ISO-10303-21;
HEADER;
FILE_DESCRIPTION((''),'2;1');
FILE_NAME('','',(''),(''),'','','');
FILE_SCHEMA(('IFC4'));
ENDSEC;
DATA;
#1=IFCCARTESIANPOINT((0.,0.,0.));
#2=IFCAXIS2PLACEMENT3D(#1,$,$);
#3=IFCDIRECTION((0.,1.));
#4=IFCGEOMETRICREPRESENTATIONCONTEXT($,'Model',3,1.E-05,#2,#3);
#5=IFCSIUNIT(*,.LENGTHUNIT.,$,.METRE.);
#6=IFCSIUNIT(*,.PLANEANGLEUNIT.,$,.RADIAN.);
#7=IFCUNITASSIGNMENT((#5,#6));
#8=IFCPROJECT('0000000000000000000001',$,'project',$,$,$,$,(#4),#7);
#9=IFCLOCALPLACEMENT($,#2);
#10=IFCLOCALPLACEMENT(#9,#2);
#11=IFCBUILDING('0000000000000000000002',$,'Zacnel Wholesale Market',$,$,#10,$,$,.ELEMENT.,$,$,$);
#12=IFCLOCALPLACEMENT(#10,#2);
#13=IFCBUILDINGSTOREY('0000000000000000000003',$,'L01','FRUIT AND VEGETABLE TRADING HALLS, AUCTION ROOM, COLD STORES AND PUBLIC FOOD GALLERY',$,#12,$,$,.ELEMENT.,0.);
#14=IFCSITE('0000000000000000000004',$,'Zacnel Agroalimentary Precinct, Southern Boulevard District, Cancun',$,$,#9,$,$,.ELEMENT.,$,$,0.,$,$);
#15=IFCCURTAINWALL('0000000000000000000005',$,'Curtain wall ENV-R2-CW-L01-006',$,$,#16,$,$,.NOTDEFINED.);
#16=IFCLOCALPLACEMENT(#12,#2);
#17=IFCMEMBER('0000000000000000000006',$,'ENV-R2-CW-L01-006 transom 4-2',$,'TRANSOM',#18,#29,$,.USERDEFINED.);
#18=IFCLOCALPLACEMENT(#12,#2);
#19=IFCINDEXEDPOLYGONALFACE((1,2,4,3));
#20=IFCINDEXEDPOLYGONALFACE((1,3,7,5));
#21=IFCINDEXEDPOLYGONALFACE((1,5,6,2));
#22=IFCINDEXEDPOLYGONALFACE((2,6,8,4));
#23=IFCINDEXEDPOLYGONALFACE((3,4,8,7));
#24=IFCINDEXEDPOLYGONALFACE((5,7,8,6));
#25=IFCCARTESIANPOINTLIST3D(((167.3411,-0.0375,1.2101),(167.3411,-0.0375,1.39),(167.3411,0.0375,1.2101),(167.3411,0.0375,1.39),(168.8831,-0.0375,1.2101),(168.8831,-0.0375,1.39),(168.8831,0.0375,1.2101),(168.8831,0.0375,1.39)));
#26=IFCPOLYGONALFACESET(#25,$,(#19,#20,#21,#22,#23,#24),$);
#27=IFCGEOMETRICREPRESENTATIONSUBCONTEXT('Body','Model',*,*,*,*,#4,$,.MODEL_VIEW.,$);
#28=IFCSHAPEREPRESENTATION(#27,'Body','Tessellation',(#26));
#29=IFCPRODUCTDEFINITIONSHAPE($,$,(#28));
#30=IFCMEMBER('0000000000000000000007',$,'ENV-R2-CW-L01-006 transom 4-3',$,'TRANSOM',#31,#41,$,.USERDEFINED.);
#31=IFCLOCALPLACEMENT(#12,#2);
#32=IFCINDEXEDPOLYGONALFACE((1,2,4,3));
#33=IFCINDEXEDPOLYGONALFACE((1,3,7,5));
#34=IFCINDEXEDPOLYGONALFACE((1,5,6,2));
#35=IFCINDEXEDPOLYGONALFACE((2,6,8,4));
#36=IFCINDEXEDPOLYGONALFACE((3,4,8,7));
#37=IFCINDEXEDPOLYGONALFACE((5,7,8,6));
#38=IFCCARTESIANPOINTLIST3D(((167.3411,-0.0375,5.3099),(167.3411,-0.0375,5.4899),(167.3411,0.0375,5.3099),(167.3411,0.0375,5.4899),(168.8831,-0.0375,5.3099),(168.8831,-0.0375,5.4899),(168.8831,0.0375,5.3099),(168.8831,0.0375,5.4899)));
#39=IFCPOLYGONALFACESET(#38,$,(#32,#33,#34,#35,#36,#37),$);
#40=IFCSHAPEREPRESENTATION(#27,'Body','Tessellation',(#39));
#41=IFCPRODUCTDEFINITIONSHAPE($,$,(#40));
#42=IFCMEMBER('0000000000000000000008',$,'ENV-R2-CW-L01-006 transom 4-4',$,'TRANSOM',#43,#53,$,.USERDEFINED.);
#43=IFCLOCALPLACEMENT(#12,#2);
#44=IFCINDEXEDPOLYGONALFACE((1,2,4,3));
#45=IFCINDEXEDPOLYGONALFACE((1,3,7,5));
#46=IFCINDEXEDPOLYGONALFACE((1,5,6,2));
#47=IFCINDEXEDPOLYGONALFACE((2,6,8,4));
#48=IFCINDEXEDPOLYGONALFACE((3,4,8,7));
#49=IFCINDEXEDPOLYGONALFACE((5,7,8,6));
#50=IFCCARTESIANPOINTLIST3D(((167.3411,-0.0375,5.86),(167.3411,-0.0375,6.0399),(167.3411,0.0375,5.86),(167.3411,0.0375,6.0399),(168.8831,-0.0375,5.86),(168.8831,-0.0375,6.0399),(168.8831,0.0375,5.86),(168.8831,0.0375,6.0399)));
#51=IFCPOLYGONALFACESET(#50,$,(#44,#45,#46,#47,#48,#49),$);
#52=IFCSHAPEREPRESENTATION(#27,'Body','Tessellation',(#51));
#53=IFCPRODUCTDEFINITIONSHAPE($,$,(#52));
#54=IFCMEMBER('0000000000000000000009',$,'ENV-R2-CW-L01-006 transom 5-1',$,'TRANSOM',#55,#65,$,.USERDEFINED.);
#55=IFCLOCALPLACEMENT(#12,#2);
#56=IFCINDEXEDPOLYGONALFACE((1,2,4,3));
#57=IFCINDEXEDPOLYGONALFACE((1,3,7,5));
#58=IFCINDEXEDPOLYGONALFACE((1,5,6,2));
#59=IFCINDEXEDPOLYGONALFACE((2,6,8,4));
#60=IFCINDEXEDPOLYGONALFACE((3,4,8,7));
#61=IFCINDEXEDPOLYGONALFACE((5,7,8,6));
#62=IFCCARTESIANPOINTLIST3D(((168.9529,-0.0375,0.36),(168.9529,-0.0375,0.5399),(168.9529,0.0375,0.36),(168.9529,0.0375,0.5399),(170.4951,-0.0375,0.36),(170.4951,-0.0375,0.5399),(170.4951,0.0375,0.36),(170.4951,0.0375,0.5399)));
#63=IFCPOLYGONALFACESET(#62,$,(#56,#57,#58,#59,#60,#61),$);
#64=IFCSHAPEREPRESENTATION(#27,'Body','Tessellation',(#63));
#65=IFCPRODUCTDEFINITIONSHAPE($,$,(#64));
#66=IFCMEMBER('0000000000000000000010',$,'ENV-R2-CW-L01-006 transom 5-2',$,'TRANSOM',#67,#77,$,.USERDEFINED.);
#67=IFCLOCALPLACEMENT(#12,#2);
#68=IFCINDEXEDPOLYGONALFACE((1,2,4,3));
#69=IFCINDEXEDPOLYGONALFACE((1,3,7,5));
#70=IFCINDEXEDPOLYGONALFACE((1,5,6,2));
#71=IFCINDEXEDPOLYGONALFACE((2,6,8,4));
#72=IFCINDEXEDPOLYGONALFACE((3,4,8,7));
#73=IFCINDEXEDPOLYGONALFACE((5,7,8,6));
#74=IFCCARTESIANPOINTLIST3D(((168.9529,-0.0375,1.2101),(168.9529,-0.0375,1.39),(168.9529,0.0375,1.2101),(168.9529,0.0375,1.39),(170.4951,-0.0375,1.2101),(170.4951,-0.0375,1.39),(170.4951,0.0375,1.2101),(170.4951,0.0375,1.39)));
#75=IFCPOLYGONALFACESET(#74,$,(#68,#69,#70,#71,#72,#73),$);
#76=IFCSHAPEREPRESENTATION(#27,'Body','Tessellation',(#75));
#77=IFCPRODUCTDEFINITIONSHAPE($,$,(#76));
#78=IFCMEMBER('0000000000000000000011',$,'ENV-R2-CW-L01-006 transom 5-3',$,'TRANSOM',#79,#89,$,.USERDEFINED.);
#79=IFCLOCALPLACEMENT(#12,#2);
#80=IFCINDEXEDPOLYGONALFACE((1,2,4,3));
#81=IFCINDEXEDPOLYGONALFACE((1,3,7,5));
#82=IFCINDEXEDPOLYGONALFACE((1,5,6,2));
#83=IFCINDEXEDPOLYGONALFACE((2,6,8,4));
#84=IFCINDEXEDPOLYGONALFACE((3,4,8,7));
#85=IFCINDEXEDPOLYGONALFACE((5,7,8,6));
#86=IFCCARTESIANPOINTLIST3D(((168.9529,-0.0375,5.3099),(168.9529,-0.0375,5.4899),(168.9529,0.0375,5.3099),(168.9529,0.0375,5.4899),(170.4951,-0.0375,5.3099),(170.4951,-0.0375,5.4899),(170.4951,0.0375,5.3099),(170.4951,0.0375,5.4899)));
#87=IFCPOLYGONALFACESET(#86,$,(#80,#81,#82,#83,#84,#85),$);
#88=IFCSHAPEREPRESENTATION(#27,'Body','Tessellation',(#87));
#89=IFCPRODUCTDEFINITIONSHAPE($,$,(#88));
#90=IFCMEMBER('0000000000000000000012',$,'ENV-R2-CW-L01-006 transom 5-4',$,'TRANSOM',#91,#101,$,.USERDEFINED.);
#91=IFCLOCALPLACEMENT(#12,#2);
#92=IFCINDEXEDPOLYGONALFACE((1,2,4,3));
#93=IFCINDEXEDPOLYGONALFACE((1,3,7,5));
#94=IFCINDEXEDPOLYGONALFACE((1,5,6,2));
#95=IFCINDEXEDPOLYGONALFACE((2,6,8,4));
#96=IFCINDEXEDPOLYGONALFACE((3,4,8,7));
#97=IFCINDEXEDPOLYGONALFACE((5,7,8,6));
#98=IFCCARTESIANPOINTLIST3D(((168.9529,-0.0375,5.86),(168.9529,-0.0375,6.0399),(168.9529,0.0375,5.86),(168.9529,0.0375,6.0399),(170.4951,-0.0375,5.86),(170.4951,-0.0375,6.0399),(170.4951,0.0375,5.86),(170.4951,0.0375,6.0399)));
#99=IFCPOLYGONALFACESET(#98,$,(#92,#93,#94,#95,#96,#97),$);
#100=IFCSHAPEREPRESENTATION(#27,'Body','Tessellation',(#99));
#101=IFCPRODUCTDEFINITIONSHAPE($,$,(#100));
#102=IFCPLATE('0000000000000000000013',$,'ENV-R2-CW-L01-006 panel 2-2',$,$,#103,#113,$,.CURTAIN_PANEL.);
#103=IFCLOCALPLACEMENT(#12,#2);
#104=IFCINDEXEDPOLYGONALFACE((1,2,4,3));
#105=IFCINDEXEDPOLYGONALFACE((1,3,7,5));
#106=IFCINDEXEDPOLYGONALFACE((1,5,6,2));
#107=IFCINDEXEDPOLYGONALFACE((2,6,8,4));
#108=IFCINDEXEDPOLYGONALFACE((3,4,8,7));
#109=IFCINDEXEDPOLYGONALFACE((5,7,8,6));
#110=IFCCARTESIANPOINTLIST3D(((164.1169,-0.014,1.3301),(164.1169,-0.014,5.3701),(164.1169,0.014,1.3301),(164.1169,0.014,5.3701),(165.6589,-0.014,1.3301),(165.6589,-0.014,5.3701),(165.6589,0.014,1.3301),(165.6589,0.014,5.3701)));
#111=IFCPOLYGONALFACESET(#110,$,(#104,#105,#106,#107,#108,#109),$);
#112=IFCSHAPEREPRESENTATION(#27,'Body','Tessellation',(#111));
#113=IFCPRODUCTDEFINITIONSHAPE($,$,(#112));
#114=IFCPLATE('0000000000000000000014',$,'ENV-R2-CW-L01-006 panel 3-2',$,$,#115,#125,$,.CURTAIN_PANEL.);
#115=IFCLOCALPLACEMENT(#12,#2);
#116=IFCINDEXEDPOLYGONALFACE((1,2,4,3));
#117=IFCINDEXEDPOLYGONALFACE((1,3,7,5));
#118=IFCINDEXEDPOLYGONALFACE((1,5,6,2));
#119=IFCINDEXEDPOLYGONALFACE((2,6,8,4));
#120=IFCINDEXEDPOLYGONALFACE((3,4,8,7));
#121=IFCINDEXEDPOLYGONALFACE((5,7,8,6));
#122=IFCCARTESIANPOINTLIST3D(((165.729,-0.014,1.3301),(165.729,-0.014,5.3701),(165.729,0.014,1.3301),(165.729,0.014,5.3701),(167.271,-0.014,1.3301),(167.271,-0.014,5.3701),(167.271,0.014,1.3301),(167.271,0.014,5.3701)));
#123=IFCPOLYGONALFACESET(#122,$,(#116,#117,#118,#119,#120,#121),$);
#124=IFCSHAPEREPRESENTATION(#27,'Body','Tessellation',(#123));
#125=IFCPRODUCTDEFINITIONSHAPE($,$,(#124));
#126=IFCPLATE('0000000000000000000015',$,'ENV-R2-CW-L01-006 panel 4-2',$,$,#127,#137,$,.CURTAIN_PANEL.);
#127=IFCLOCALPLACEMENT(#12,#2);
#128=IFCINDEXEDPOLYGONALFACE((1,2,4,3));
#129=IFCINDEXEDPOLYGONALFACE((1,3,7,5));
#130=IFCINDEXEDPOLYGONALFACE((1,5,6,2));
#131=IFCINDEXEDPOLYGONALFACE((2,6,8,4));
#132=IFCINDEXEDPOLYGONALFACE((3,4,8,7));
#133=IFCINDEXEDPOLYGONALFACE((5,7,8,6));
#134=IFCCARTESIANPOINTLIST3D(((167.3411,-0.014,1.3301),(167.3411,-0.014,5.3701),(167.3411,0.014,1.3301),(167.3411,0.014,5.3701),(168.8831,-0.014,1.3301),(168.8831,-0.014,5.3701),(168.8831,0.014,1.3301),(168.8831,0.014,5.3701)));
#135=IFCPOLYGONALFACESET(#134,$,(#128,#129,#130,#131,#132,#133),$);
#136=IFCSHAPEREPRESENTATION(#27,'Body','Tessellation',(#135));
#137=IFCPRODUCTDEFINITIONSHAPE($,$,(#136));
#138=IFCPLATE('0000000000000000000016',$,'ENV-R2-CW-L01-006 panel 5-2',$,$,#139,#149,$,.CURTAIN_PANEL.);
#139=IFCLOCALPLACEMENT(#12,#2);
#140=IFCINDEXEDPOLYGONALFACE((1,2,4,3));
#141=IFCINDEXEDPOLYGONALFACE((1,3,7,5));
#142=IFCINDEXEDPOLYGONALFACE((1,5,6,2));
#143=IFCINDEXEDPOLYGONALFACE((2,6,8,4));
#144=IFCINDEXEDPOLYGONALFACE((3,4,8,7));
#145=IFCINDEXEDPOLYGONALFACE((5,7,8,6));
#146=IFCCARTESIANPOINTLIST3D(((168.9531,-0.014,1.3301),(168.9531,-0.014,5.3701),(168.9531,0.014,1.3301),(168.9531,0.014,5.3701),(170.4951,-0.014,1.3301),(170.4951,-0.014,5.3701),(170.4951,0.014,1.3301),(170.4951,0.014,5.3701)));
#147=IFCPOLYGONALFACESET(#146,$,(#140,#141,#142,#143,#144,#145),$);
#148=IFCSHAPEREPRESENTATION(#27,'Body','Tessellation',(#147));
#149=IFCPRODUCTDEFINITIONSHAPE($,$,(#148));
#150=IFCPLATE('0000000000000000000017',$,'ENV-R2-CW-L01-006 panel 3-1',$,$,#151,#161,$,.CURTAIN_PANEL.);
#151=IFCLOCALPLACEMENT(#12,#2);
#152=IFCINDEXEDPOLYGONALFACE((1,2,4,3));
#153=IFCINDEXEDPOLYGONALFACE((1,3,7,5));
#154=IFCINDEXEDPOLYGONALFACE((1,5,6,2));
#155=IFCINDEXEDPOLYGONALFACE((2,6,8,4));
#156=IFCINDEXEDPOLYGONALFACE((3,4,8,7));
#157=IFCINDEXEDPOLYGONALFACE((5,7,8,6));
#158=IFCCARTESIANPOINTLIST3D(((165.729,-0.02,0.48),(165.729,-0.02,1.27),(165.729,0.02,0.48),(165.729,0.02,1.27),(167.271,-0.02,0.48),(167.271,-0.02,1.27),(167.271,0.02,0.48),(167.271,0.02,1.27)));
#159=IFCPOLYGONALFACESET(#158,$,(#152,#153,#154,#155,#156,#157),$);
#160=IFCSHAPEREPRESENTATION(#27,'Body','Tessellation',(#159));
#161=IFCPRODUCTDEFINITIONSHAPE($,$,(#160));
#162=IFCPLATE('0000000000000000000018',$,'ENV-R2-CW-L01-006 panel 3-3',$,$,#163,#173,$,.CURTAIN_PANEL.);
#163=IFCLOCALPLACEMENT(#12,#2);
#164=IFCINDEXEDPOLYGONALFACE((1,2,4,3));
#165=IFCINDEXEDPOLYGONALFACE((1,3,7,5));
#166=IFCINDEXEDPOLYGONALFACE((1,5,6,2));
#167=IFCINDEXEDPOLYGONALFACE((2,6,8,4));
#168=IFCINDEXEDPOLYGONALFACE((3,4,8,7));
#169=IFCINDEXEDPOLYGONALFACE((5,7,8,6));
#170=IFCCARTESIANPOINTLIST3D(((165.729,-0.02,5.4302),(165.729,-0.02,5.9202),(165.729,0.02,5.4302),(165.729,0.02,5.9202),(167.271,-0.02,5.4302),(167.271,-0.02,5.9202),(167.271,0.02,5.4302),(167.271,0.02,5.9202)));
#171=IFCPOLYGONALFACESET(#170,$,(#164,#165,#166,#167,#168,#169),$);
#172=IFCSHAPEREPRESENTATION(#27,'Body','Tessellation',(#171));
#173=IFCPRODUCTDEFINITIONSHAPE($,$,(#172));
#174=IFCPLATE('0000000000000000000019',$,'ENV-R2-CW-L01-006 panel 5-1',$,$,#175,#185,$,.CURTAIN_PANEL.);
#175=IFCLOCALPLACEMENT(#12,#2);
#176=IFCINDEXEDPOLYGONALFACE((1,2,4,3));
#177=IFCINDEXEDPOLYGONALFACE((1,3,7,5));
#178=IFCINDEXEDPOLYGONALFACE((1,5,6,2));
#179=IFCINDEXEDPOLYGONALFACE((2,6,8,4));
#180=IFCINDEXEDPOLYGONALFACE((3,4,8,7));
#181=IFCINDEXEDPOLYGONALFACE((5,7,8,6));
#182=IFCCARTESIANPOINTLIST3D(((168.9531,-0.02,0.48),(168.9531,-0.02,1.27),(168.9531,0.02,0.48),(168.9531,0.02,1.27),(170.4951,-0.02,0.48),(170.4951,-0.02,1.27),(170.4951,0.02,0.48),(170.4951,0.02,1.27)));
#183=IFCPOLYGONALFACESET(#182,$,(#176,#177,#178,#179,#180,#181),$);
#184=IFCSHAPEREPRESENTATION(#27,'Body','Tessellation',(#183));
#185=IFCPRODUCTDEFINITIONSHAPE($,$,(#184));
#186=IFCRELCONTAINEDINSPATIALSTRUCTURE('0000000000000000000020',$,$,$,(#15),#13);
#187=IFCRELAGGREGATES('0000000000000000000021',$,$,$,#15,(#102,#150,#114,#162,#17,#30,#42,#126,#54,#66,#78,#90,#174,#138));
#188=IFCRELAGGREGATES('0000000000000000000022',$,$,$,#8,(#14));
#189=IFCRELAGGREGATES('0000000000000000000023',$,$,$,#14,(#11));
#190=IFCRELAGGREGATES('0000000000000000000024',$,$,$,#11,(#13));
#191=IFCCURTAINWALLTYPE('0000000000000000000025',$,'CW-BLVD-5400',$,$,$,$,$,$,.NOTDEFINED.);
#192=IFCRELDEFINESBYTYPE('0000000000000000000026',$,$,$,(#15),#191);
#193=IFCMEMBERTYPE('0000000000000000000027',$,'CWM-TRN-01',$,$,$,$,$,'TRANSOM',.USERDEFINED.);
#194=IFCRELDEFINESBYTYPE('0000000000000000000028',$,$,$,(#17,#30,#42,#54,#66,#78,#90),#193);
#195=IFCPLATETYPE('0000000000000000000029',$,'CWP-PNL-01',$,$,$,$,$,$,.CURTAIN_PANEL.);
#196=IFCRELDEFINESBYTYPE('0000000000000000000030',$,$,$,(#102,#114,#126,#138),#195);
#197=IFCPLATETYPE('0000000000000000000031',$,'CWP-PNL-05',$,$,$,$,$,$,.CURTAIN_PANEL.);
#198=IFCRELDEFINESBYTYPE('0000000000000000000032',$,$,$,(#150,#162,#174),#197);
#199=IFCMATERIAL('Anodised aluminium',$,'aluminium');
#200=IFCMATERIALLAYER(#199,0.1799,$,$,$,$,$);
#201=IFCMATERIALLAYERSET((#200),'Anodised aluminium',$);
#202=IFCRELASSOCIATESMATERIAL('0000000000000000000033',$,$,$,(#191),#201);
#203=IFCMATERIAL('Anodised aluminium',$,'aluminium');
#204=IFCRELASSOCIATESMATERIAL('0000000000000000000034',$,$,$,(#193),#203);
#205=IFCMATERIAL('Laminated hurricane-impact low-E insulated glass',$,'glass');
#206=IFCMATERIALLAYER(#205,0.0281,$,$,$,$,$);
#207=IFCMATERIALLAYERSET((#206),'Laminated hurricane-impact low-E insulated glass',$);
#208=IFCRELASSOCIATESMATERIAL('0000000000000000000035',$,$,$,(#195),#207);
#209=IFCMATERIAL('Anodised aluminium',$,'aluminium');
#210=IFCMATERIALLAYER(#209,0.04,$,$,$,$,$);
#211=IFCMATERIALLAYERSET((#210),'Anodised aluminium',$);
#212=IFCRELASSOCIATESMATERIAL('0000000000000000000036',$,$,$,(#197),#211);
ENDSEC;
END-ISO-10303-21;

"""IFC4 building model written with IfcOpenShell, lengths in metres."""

from ifc_helpers import new_model, si_unit, direction, frame, origin, origin_2d, place, context, subcontext, project, spatial, rectangle, extrude, material, layer, layer_set, material_profile, profile_set, type_object, element, aggregate, save


model = new_model("IFC4")

# Units and contexts
model_context = context("Model", 3, precision=1e-05, world=origin(), true_north=direction((0.0, 1.0)))
body_context = subcontext(model_context, "Body", "Model", "MODEL_VIEW")
ifc_project = project(units=[si_unit("LENGTHUNIT", "METRE"), si_unit("PLANEANGLEUNIT", "RADIAN")], contexts=[model_context])

# Site, building, storey
site_placement = place(None, origin())
site = spatial("IfcSite", under=ifc_project, at=site_placement, Name="Zacnel Agroalimentary Precinct, Southern Boulevard District, Cancun", CompositionType="ELEMENT", RefElevation=0.0)
building_placement = place(site_placement, origin())
building = spatial("IfcBuilding", under=site, at=building_placement, Name="Zacnel Wholesale Market", CompositionType="ELEMENT")
storey_placement = place(building_placement, origin())
storey = spatial("IfcBuildingStorey", under=building, at=storey_placement, Name="L01", Description="FRUIT AND VEGETABLE TRADING HALLS, AUCTION ROOM, COLD STORES AND PUBLIC FOOD GALLERY", CompositionType="ELEMENT", Elevation=0.0)

# Curtain wall, members, plates
ifc_material_1 = material(Name="Anodised aluminium", Category="aluminium")
ifc_layer_1 = layer(ifc_material_1, 0.1799)
ifc_layer_set_1 = layer_set([ifc_layer_1], Name="Anodised aluminium")
curtain_wall_type = type_object("IfcCurtainWallType", Name="CW-BLVD-5400", PredefinedType="NOTDEFINED", material=ifc_layer_set_1)
curtain_wall_placement = place(storey_placement, origin())
curtain_wall = element("IfcCurtainWall", 1, at=curtain_wall_placement, inside=storey, type_object=curtain_wall_type, Name="Curtain wall ENV-R2-CW-L01-006", PredefinedType="NOTDEFINED")
ifc_material_2 = material(Name="Anodised aluminium", Category="aluminium")
ifc_material_profile_1 = material_profile(ifc_material_2, rectangle(XDim=0.075, YDim=0.1799, at=origin_2d()), Name="AW-TRANSOM 75x180")
ifc_profile_set_1 = profile_set([ifc_material_profile_1], Name="Anodised aluminium")
member_type_1 = type_object("IfcMemberType", Name="CWM-TRN-01", ElementType="TRANSOM", PredefinedType="USERDEFINED", material=ifc_profile_set_1)
member_1_placement = place(storey_placement, frame((167.3411, 0.0, 1.3), z_axis=(1.0, 0.0, 0.0), x_axis=(0.0, 1.0, 0.0)))
member_1 = element("IfcMember", 2, at=member_1_placement, type_object=member_type_1, Name="ENV-R2-CW-L01-006 transom 4-2", ObjectType="TRANSOM", PredefinedType="USERDEFINED", context=body_context, shape_type="SweptSolid", body=[
    extrude(rectangle(XDim=0.075, YDim=0.1799, at=origin_2d()), origin(), (0.0, 0.0, 1.0), 1.542),
])
member_2_placement = place(storey_placement, frame((167.3411, 0.0, 5.3999), z_axis=(1.0, 0.0, 0.0), x_axis=(0.0, 1.0, 0.0)))
member_2 = element("IfcMember", 3, at=member_2_placement, type_object=member_type_1, Name="ENV-R2-CW-L01-006 transom 4-3", ObjectType="TRANSOM", PredefinedType="USERDEFINED", context=body_context, shape_type="SweptSolid", body=[
    extrude(rectangle(XDim=0.075, YDim=0.1799, at=origin_2d()), origin(), (0.0, 0.0, 1.0), 1.542),
])
member_3_placement = place(storey_placement, frame((167.3411, 0.0, 5.95), z_axis=(1.0, 0.0, 0.0), x_axis=(0.0, 1.0, 0.0)))
member_3 = element("IfcMember", 4, at=member_3_placement, type_object=member_type_1, Name="ENV-R2-CW-L01-006 transom 4-4", ObjectType="TRANSOM", PredefinedType="USERDEFINED", context=body_context, shape_type="SweptSolid", body=[
    extrude(rectangle(XDim=0.075, YDim=0.1799, at=origin_2d()), origin(), (0.0, 0.0, 1.0), 1.542),
])
member_4_placement = place(storey_placement, frame((168.9529, 0.0, 0.45), z_axis=(1.0, 0.0, 0.0), x_axis=(0.0, 1.0, 0.0)))
member_4 = element("IfcMember", 5, at=member_4_placement, type_object=member_type_1, Name="ENV-R2-CW-L01-006 transom 5-1", ObjectType="TRANSOM", PredefinedType="USERDEFINED", context=body_context, shape_type="SweptSolid", body=[
    extrude(rectangle(XDim=0.075, YDim=0.1799, at=origin_2d()), origin(), (0.0, 0.0, 1.0), 1.5422),
])
member_5_placement = place(storey_placement, frame((168.9529, 0.0, 1.3), z_axis=(1.0, 0.0, 0.0), x_axis=(0.0, 1.0, 0.0)))
member_5 = element("IfcMember", 6, at=member_5_placement, type_object=member_type_1, Name="ENV-R2-CW-L01-006 transom 5-2", ObjectType="TRANSOM", PredefinedType="USERDEFINED", context=body_context, shape_type="SweptSolid", body=[
    extrude(rectangle(XDim=0.075, YDim=0.1799, at=origin_2d()), origin(), (0.0, 0.0, 1.0), 1.5422),
])
member_6_placement = place(storey_placement, frame((168.9529, 0.0, 5.3999), z_axis=(1.0, 0.0, 0.0), x_axis=(0.0, 1.0, 0.0)))
member_6 = element("IfcMember", 7, at=member_6_placement, type_object=member_type_1, Name="ENV-R2-CW-L01-006 transom 5-3", ObjectType="TRANSOM", PredefinedType="USERDEFINED", context=body_context, shape_type="SweptSolid", body=[
    extrude(rectangle(XDim=0.075, YDim=0.1799, at=origin_2d()), origin(), (0.0, 0.0, 1.0), 1.5422),
])
member_7_placement = place(storey_placement, frame((168.9529, 0.0, 5.95), z_axis=(1.0, 0.0, 0.0), x_axis=(0.0, 1.0, 0.0)))
member_7 = element("IfcMember", 8, at=member_7_placement, type_object=member_type_1, Name="ENV-R2-CW-L01-006 transom 5-4", ObjectType="TRANSOM", PredefinedType="USERDEFINED", context=body_context, shape_type="SweptSolid", body=[
    extrude(rectangle(XDim=0.075, YDim=0.1799, at=origin_2d()), origin(), (0.0, 0.0, 1.0), 1.5422),
])
ifc_material_3 = material(Name="Laminated hurricane-impact low-E insulated glass", Category="glass")
ifc_layer_2 = layer(ifc_material_3, 0.0281)
ifc_layer_set_2 = layer_set([ifc_layer_2], Name="Laminated hurricane-impact low-E insulated glass")
plate_type_1 = type_object("IfcPlateType", Name="CWP-PNL-01", PredefinedType="CURTAIN_PANEL", material=ifc_layer_set_2)
plate_1_placement = place(storey_placement, frame((164.8879, 0.0, 1.3301), z_axis=(0.0, 0.0, 1.0), x_axis=(1.0, 0.0, 0.0)))
plate_1 = element("IfcPlate", 9, at=plate_1_placement, type_object=plate_type_1, Name="ENV-R2-CW-L01-006 panel 2-2", PredefinedType="CURTAIN_PANEL", context=body_context, shape_type="SweptSolid", body=[
    extrude(rectangle(XDim=1.542, YDim=0.0281, at=origin_2d()), origin(), (0.0, 0.0, 1.0), 4.04),
])
plate_2_placement = place(storey_placement, frame((166.5, 0.0, 1.3301), z_axis=(0.0, 0.0, 1.0), x_axis=(1.0, 0.0, 0.0)))
plate_2 = element("IfcPlate", 10, at=plate_2_placement, type_object=plate_type_1, Name="ENV-R2-CW-L01-006 panel 3-2", PredefinedType="CURTAIN_PANEL", context=body_context, shape_type="SweptSolid", body=[
    extrude(rectangle(XDim=1.542, YDim=0.0281, at=origin_2d()), origin(), (0.0, 0.0, 1.0), 4.04),
])
plate_3_placement = place(storey_placement, frame((168.1121, 0.0, 1.3301), z_axis=(0.0, 0.0, 1.0), x_axis=(1.0, 0.0, 0.0)))
plate_3 = element("IfcPlate", 11, at=plate_3_placement, type_object=plate_type_1, Name="ENV-R2-CW-L01-006 panel 4-2", PredefinedType="CURTAIN_PANEL", context=body_context, shape_type="SweptSolid", body=[
    extrude(rectangle(XDim=1.542, YDim=0.0281, at=origin_2d()), origin(), (0.0, 0.0, 1.0), 4.04),
])
plate_4_placement = place(storey_placement, frame((169.7241, 0.0, 1.3301), z_axis=(0.0, 0.0, 1.0), x_axis=(1.0, 0.0, 0.0)))
plate_4 = element("IfcPlate", 12, at=plate_4_placement, type_object=plate_type_1, Name="ENV-R2-CW-L01-006 panel 5-2", PredefinedType="CURTAIN_PANEL", context=body_context, shape_type="SweptSolid", body=[
    extrude(rectangle(XDim=1.542, YDim=0.0281, at=origin_2d()), origin(), (0.0, 0.0, 1.0), 4.04),
])
ifc_material_4 = material(Name="Anodised aluminium", Category="aluminium")
ifc_layer_3 = layer(ifc_material_4, 0.04)
ifc_layer_set_3 = layer_set([ifc_layer_3], Name="Anodised aluminium")
plate_type_2 = type_object("IfcPlateType", Name="CWP-PNL-05", PredefinedType="CURTAIN_PANEL", material=ifc_layer_set_3)
plate_5_placement = place(storey_placement, frame((166.5, 0.0, 0.48), z_axis=(0.0, 0.0, 1.0), x_axis=(1.0, 0.0, 0.0)))
plate_5 = element("IfcPlate", 13, at=plate_5_placement, type_object=plate_type_2, Name="ENV-R2-CW-L01-006 panel 3-1", PredefinedType="CURTAIN_PANEL", context=body_context, shape_type="SweptSolid", body=[
    extrude(rectangle(XDim=1.542, YDim=0.04, at=origin_2d()), origin(), (0.0, 0.0, 1.0), 0.79),
])
plate_6_placement = place(storey_placement, frame((166.5, 0.0, 5.4302), z_axis=(0.0, 0.0, 1.0), x_axis=(1.0, 0.0, 0.0)))
plate_6 = element("IfcPlate", 14, at=plate_6_placement, type_object=plate_type_2, Name="ENV-R2-CW-L01-006 panel 3-3", PredefinedType="CURTAIN_PANEL", context=body_context, shape_type="SweptSolid", body=[
    extrude(rectangle(XDim=1.542, YDim=0.04, at=origin_2d()), origin(), (0.0, 0.0, 1.0), 0.49),
])
plate_7_placement = place(storey_placement, frame((169.7241, 0.0, 0.48), z_axis=(0.0, 0.0, 1.0), x_axis=(1.0, 0.0, 0.0)))
plate_7 = element("IfcPlate", 15, at=plate_7_placement, type_object=plate_type_2, Name="ENV-R2-CW-L01-006 panel 5-1", PredefinedType="CURTAIN_PANEL", context=body_context, shape_type="SweptSolid", body=[
    extrude(rectangle(XDim=1.542, YDim=0.04, at=origin_2d()), origin(), (0.0, 0.0, 1.0), 0.79),
])
aggregate(curtain_wall, [plate_1, plate_5, plate_2, plate_6, member_1, member_2, member_3, plate_3, member_4, member_5, member_6, member_7, plate_7, plate_4])

save(model, "model.ifc")
